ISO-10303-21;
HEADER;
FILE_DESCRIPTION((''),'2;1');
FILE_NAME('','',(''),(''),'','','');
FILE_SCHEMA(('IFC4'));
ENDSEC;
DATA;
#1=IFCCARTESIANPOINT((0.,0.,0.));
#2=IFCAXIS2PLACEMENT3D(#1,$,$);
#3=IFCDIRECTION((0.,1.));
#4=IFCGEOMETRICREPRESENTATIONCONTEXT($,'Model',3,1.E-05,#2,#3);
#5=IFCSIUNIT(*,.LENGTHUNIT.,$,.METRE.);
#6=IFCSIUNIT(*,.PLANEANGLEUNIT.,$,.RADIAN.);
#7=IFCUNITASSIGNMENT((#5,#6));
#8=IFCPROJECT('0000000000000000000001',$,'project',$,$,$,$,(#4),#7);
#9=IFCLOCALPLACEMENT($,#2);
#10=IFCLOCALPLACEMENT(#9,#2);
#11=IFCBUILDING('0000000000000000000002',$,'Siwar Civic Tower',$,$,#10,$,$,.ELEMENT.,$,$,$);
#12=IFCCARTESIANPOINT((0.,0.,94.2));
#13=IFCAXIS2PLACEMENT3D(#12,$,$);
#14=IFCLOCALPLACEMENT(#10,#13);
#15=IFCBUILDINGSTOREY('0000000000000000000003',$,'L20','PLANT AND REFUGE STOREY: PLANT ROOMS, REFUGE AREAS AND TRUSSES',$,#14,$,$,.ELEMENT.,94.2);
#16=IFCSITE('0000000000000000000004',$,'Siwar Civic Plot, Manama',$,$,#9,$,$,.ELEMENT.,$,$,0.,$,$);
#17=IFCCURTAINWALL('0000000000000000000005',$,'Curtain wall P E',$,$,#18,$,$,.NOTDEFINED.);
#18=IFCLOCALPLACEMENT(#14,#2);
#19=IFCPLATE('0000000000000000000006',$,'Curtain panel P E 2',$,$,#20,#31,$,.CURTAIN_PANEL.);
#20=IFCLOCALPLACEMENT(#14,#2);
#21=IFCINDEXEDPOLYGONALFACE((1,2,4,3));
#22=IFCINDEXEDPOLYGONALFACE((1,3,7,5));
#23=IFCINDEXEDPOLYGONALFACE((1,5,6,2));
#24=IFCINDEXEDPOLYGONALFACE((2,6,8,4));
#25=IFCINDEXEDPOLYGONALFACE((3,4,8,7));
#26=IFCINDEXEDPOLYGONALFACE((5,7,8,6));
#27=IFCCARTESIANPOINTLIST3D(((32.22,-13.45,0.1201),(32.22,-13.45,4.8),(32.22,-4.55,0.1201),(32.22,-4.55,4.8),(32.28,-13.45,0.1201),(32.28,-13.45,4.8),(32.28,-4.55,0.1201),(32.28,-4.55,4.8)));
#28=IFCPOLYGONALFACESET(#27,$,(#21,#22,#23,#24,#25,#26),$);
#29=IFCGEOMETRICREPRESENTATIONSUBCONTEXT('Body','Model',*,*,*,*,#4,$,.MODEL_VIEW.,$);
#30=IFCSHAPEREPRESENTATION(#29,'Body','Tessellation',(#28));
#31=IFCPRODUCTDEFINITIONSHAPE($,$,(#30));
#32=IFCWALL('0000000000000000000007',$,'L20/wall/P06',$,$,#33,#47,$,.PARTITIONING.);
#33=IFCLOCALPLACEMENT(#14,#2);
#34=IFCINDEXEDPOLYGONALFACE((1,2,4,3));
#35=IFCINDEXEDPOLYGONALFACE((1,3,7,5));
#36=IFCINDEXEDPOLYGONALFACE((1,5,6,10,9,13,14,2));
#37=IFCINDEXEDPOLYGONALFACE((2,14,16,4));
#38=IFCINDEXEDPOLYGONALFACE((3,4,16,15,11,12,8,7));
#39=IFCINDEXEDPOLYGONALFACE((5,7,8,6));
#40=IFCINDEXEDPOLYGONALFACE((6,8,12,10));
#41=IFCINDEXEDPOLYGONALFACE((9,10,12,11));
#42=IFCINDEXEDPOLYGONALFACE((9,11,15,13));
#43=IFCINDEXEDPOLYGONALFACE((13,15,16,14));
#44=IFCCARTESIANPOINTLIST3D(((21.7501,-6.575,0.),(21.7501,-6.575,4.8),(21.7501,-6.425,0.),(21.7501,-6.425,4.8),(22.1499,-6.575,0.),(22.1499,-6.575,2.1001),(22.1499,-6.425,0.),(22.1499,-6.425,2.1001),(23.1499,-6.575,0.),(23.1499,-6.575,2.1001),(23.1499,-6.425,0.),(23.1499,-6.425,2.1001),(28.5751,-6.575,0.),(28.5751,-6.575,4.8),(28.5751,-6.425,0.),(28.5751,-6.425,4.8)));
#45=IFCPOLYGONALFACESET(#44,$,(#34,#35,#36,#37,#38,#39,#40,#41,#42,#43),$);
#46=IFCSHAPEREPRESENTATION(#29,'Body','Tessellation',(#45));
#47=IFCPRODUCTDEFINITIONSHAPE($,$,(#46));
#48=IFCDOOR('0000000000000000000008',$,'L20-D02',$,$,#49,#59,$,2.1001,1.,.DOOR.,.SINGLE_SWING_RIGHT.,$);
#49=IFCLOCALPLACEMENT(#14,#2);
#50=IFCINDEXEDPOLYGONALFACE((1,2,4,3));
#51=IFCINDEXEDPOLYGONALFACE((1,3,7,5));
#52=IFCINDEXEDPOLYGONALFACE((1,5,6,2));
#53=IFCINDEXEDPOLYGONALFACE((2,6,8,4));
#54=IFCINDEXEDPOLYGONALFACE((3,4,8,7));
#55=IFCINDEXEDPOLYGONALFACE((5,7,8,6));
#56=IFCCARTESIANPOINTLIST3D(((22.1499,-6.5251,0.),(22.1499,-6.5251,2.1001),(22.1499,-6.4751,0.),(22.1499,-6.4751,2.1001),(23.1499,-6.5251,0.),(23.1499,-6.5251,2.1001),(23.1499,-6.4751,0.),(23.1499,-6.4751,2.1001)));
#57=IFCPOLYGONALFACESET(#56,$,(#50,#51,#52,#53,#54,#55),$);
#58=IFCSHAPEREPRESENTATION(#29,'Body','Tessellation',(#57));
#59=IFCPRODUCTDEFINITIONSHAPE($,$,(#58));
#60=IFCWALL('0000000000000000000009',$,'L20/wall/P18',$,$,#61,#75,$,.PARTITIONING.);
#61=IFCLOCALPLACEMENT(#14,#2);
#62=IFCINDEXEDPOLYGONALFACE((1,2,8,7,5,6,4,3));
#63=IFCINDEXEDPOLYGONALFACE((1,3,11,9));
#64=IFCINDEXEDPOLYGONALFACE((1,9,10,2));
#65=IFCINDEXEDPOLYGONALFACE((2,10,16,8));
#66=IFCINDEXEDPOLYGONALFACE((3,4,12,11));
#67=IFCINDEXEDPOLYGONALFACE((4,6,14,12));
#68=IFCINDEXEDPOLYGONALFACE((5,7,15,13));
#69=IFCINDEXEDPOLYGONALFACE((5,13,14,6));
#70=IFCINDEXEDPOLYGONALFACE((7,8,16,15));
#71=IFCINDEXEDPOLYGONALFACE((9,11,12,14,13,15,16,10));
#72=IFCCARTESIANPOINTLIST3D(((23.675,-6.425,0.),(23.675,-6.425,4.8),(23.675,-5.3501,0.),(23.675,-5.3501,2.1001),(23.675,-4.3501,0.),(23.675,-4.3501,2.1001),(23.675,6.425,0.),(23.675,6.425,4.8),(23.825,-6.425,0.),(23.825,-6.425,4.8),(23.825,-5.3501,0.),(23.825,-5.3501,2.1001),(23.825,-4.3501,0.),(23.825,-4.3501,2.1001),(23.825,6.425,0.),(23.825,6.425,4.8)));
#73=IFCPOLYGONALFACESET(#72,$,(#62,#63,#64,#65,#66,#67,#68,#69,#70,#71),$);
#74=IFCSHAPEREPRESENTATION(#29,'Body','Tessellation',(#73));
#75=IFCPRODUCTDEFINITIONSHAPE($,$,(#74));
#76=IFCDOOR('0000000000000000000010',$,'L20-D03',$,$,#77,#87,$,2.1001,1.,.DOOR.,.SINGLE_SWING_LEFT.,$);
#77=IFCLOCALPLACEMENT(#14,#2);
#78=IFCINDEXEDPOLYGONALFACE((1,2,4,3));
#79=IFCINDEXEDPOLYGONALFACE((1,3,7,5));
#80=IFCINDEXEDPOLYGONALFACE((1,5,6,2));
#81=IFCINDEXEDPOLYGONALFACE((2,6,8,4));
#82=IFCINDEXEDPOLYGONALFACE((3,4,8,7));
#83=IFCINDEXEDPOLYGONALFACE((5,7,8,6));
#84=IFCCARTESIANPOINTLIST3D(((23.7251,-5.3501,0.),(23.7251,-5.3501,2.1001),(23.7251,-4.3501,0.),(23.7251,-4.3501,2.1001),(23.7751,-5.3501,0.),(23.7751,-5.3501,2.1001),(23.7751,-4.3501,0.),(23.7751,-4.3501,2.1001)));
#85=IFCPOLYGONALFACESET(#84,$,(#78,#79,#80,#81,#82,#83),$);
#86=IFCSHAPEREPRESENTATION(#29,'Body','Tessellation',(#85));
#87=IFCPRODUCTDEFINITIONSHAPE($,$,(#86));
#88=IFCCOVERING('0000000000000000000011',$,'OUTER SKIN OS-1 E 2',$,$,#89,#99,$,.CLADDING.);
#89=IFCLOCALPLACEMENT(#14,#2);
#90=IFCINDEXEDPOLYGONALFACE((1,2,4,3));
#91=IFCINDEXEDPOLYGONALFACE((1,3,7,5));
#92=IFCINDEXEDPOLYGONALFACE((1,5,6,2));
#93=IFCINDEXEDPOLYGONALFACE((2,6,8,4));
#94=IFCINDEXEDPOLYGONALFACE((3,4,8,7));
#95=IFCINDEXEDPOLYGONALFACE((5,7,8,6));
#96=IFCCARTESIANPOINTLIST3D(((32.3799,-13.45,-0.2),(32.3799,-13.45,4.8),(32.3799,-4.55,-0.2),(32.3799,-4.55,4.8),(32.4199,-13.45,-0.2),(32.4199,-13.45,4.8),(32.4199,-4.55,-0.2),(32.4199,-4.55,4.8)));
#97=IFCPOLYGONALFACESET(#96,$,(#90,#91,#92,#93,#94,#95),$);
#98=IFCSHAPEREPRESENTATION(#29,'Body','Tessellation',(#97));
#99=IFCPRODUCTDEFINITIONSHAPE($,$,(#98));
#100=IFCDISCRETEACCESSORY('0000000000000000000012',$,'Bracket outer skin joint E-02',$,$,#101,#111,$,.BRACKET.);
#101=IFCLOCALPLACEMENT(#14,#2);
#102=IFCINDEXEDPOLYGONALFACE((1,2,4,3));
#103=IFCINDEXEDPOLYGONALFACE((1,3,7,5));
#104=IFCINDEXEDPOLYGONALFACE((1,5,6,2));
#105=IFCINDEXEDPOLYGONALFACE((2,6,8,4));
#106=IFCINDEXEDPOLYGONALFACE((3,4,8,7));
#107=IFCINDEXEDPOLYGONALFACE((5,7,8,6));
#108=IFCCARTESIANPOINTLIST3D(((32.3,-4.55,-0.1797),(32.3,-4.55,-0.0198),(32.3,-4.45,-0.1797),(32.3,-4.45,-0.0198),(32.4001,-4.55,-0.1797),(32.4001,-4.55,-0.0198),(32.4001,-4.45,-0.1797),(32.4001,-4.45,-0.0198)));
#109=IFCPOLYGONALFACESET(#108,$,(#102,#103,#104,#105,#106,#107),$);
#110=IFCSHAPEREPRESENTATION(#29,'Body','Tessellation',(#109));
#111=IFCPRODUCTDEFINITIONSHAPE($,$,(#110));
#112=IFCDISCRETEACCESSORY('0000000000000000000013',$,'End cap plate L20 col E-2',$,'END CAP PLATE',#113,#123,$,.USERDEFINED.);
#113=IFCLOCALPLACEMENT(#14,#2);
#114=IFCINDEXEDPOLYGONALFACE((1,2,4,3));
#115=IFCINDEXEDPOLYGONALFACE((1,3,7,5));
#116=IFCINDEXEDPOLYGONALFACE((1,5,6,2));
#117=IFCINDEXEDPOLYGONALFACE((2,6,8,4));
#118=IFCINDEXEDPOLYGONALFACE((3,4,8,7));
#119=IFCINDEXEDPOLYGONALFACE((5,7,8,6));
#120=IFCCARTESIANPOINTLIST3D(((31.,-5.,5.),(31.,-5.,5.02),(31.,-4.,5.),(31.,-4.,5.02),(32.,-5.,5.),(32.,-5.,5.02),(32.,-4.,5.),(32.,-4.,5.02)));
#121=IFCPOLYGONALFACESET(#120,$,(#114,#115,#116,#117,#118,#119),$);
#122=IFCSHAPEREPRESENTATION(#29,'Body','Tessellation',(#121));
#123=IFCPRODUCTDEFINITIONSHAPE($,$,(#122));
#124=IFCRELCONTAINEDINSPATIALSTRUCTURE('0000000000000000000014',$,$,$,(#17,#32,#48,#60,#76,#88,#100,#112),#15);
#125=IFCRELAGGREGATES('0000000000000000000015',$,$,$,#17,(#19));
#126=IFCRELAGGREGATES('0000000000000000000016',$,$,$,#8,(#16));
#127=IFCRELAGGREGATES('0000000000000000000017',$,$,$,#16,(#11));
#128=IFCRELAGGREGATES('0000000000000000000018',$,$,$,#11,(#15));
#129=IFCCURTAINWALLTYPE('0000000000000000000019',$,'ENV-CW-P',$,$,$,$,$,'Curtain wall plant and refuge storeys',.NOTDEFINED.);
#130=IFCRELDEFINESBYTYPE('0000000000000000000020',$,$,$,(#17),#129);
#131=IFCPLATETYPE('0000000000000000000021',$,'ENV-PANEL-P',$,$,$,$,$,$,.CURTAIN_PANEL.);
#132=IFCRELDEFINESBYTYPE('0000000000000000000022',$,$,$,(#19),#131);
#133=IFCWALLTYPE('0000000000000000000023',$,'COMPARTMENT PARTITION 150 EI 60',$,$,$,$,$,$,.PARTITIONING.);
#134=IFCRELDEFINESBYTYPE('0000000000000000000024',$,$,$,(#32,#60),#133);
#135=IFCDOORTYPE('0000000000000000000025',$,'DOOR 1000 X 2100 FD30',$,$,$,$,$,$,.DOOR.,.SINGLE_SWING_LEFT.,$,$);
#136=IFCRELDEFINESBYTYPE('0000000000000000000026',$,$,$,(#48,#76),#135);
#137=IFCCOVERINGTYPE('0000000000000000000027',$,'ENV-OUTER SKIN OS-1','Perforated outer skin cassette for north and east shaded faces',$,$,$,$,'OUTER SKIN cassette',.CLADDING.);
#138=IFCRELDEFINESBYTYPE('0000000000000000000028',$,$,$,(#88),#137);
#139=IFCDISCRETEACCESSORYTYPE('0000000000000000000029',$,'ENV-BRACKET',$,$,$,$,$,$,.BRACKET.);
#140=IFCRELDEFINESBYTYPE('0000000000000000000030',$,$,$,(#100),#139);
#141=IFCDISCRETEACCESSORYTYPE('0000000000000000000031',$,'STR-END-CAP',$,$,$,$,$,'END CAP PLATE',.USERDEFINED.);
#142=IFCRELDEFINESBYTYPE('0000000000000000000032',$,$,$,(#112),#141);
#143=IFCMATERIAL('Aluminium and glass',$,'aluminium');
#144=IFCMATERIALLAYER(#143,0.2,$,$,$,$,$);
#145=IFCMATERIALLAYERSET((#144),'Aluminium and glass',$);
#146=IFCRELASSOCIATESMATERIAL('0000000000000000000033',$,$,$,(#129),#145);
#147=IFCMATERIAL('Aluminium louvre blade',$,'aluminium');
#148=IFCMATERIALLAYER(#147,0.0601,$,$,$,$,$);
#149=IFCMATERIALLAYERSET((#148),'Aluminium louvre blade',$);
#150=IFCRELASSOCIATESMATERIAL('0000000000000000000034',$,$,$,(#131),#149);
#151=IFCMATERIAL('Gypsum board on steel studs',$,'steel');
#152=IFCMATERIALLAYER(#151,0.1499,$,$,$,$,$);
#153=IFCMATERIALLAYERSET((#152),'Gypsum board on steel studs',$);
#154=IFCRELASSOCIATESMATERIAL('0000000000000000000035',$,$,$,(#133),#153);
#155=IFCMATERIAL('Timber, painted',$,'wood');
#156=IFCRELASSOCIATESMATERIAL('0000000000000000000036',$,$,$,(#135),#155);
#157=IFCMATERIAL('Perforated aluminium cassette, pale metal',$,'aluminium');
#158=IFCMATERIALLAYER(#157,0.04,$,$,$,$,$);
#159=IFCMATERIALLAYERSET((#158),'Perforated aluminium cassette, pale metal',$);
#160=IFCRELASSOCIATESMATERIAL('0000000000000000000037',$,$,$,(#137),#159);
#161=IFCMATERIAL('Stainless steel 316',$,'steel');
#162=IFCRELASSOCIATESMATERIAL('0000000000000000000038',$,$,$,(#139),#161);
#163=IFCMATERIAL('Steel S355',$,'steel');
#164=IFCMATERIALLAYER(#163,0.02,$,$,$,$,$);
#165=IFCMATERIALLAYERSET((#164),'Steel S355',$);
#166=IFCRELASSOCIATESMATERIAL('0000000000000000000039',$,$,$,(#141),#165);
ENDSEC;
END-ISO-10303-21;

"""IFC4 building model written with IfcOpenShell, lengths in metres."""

from ifc_helpers import new_model, si_unit, direction, frame, frame_2d, origin, origin_2d, place, context, subcontext, project, spatial, rectangle, extrude, material, layer, layer_set, type_object, element, fill, aggregate, save


model = new_model("IFC4")

# Units and contexts
model_context = context("Model", 3, precision=1e-05, world=origin(), true_north=direction((0.0, 1.0)))
body_context = subcontext(model_context, "Body", "Model", "MODEL_VIEW")
ifc_project = project(units=[si_unit("LENGTHUNIT", "METRE"), si_unit("PLANEANGLEUNIT", "RADIAN")], contexts=[model_context])

# Site, building, storey
site_placement = place(None, origin())
site = spatial("IfcSite", under=ifc_project, at=site_placement, Name="Siwar Civic Plot, Manama", CompositionType="ELEMENT", RefElevation=0.0)
building_placement = place(site_placement, origin())
building = spatial("IfcBuilding", under=site, at=building_placement, Name="Siwar Civic Tower", CompositionType="ELEMENT")
storey_placement = place(building_placement, frame((0.0, 0.0, 94.2)))
storey = spatial("IfcBuildingStorey", under=building, at=storey_placement, Name="L20", Description="PLANT AND REFUGE STOREY: PLANT ROOMS, REFUGE AREAS AND TRUSSES", CompositionType="ELEMENT", Elevation=94.2)

# Curtain wall
ifc_material_1 = material(Name="Aluminium and glass", Category="aluminium")
ifc_layer_1 = layer(ifc_material_1, 0.2)
ifc_layer_set_1 = layer_set([ifc_layer_1], Name="Aluminium and glass")
curtain_wall_type = type_object("IfcCurtainWallType", Name="ENV-CW-P", ElementType="Curtain wall plant and refuge storeys", PredefinedType="NOTDEFINED", material=ifc_layer_set_1)
curtain_wall_placement = place(storey_placement, origin())
curtain_wall = element("IfcCurtainWall", 1, at=curtain_wall_placement, inside=storey, type_object=curtain_wall_type, Name="Curtain wall P E", PredefinedType="NOTDEFINED")

# Plate
ifc_material_2 = material(Name="Aluminium louvre blade", Category="aluminium")
ifc_layer_2 = layer(ifc_material_2, 0.0601)
ifc_layer_set_2 = layer_set([ifc_layer_2], Name="Aluminium louvre blade")
plate_type = type_object("IfcPlateType", Name="ENV-PANEL-P", PredefinedType="CURTAIN_PANEL", material=ifc_layer_set_2)
plate_placement = place(storey_placement, frame((32.25, -9.0, 0.1201), z_axis=(0.0, 0.0, 1.0), x_axis=(0.0, 1.0, 0.0)))
plate = element("IfcPlate", 2, at=plate_placement, type_object=plate_type, Name="Curtain panel P E 2", PredefinedType="CURTAIN_PANEL", context=body_context, shape_type="SweptSolid", body=[
    extrude(rectangle(XDim=8.8999, YDim=0.0601, at=origin_2d()), origin(), (0.0, 0.0, 1.0), 4.6799),
])
aggregate(curtain_wall, [plate])

# Walls, openings, doors
ifc_material_3 = material(Name="Gypsum board on steel studs", Category="steel")
ifc_layer_3 = layer(ifc_material_3, 0.1499)
ifc_layer_set_3 = layer_set([ifc_layer_3], Name="Gypsum board on steel studs")
wall_type = type_object("IfcWallType", Name="COMPARTMENT PARTITION 150 EI 60", PredefinedType="PARTITIONING", material=ifc_layer_set_3)
wall_1_placement = place(storey_placement, frame((21.75, -6.5, 0.0), z_axis=(0.0, 0.0, 1.0), x_axis=(1.0, 0.0, 0.0)))
wall_1 = element("IfcWall", 3, at=wall_1_placement, inside=storey, type_object=wall_type, Name="L20/wall/P06", PredefinedType="PARTITIONING", context=body_context, shape_type="SweptSolid", body=[
    extrude(rectangle(XDim=6.825, YDim=0.1499, at=frame_2d((3.4126, 0.0))), origin(), (0.0, 0.0, 1.0), 4.8),
])
opening_1_placement = place(wall_1_placement, frame((0.3999, 0.0, 0.0)))
opening_1 = element("IfcOpeningElement", 4, at=opening_1_placement, cuts=wall_1, PredefinedType="OPENING", context=body_context, shape_type="SweptSolid", body=[
    extrude(rectangle(XDim=1.0, YDim=2.1001, at=frame_2d((0.5, 1.05))), frame((0.0, 0.085, 0.0), z_axis=(0.0, -1.0, 0.0), x_axis=(1.0, 0.0, 0.0)), (0.0, 0.0, 1.0), 0.1699),
])
ifc_material_4 = material(Name="Timber, painted", Category="wood")
door_type = type_object("IfcDoorType", Name="DOOR 1000 X 2100 FD30", OperationType="SINGLE_SWING_LEFT", PredefinedType="DOOR", material=ifc_material_4)
door_1_placement = place(opening_1_placement, origin())
door_1 = element("IfcDoor", 5, at=door_1_placement, inside=storey, type_object=door_type, Name="L20-D02", OperationType="SINGLE_SWING_RIGHT", OverallHeight=2.1001, OverallWidth=1.0, PredefinedType="DOOR", context=body_context, shape_type="SweptSolid", body=[
    extrude(rectangle(XDim=1.0, YDim=2.1001, at=frame_2d((0.5, 1.05))), frame((0.0, 0.0249, 0.0), z_axis=(0.0, -1.0, 0.0), x_axis=(1.0, 0.0, 0.0)), (0.0, 0.0, 1.0), 0.05),
])
fill(opening_1, door_1)
wall_2_placement = place(storey_placement, frame((23.75, -6.425, 0.0), z_axis=(0.0, 0.0, 1.0), x_axis=(0.0, 1.0, 0.0)))
wall_2 = element("IfcWall", 6, at=wall_2_placement, inside=storey, type_object=wall_type, Name="L20/wall/P18", PredefinedType="PARTITIONING", context=body_context, shape_type="SweptSolid", body=[
    extrude(rectangle(XDim=12.8501, YDim=0.1499, at=frame_2d((6.425, 0.0))), origin(), (0.0, 0.0, 1.0), 4.8),
])
opening_2_placement = place(wall_2_placement, frame((1.075, 0.0, 0.0)))
opening_2 = element("IfcOpeningElement", 7, at=opening_2_placement, cuts=wall_2, PredefinedType="OPENING", context=body_context, shape_type="SweptSolid", body=[
    extrude(rectangle(XDim=1.0, YDim=2.1001, at=frame_2d((0.5, 1.05))), frame((0.0, 0.085, 0.0), z_axis=(0.0, -1.0, 0.0), x_axis=(1.0, 0.0, 0.0)), (0.0, 0.0, 1.0), 0.1699),
])
door_2_placement = place(opening_2_placement, origin())
door_2 = element("IfcDoor", 8, at=door_2_placement, inside=storey, type_object=door_type, Name="L20-D03", OperationType="SINGLE_SWING_LEFT", OverallHeight=2.1001, OverallWidth=1.0, PredefinedType="DOOR", context=body_context, shape_type="SweptSolid", body=[
    extrude(rectangle(XDim=1.0, YDim=2.1001, at=frame_2d((0.5, 1.05))), frame((0.0, 0.0249, 0.0), z_axis=(0.0, -1.0, 0.0), x_axis=(1.0, 0.0, 0.0)), (0.0, 0.0, 1.0), 0.05),
])
fill(opening_2, door_2)

# Covering
ifc_material_5 = material(Name="Perforated aluminium cassette, pale metal", Category="aluminium")
ifc_layer_4 = layer(ifc_material_5, 0.04)
ifc_layer_set_4 = layer_set([ifc_layer_4], Name="Perforated aluminium cassette, pale metal")
covering_type = type_object("IfcCoveringType", Name="ENV-OUTER SKIN OS-1", Description="Perforated outer skin cassette for north and east shaded faces", ElementType="OUTER SKIN cassette", PredefinedType="CLADDING", material=ifc_layer_set_4)
covering_placement = place(storey_placement, frame((32.3999, -9.0, -0.2), z_axis=(0.0, 0.0, 1.0), x_axis=(0.0, 1.0, 0.0)))
element("IfcCovering", 9, at=covering_placement, inside=storey, type_object=covering_type, Name="OUTER SKIN OS-1 E 2", PredefinedType="CLADDING", context=body_context, shape_type="SweptSolid", body=[
    extrude(rectangle(XDim=8.8999, YDim=0.04, at=origin_2d()), origin(), (0.0, 0.0, 1.0), 5.0),
])

# Discrete accessories
ifc_material_6 = material(Name="Stainless steel 316", Category="steel")
discrete_accessory_type_1 = type_object("IfcDiscreteAccessoryType", Name="ENV-BRACKET", PredefinedType="BRACKET", material=ifc_material_6)
discrete_accessory_1_placement = place(storey_placement, frame((32.3501, -4.5, -0.1797), z_axis=(0.0, 0.0, 1.0), x_axis=(1.0, 0.0, 0.0)))
element("IfcDiscreteAccessory", 10, at=discrete_accessory_1_placement, inside=storey, type_object=discrete_accessory_type_1, Name="Bracket outer skin joint E-02", PredefinedType="BRACKET", context=body_context, shape_type="SweptSolid", body=[
    extrude(rectangle(XDim=0.1001, YDim=0.1001, at=origin_2d()), origin(), (0.0, 0.0, 1.0), 0.1599),
])
ifc_material_7 = material(Name="Steel S355", Category="steel")
ifc_layer_5 = layer(ifc_material_7, 0.02)
ifc_layer_set_5 = layer_set([ifc_layer_5], Name="Steel S355")
discrete_accessory_type_2 = type_object("IfcDiscreteAccessoryType", Name="STR-END-CAP", ElementType="END CAP PLATE", PredefinedType="USERDEFINED", material=ifc_layer_set_5)
discrete_accessory_2_placement = place(storey_placement, frame((31.5, -4.5, 5.0), z_axis=(0.0, 0.0, 1.0), x_axis=(1.0, 0.0, 0.0)))
element("IfcDiscreteAccessory", 11, at=discrete_accessory_2_placement, inside=storey, type_object=discrete_accessory_type_2, Name="End cap plate L20 col E-2", ObjectType="END CAP PLATE", PredefinedType="USERDEFINED", context=body_context, shape_type="SweptSolid", body=[
    extrude(rectangle(XDim=1.0, YDim=1.0, at=origin_2d()), origin(), (0.0, 0.0, 1.0), 0.02),
])

save(model, "model.ifc")
